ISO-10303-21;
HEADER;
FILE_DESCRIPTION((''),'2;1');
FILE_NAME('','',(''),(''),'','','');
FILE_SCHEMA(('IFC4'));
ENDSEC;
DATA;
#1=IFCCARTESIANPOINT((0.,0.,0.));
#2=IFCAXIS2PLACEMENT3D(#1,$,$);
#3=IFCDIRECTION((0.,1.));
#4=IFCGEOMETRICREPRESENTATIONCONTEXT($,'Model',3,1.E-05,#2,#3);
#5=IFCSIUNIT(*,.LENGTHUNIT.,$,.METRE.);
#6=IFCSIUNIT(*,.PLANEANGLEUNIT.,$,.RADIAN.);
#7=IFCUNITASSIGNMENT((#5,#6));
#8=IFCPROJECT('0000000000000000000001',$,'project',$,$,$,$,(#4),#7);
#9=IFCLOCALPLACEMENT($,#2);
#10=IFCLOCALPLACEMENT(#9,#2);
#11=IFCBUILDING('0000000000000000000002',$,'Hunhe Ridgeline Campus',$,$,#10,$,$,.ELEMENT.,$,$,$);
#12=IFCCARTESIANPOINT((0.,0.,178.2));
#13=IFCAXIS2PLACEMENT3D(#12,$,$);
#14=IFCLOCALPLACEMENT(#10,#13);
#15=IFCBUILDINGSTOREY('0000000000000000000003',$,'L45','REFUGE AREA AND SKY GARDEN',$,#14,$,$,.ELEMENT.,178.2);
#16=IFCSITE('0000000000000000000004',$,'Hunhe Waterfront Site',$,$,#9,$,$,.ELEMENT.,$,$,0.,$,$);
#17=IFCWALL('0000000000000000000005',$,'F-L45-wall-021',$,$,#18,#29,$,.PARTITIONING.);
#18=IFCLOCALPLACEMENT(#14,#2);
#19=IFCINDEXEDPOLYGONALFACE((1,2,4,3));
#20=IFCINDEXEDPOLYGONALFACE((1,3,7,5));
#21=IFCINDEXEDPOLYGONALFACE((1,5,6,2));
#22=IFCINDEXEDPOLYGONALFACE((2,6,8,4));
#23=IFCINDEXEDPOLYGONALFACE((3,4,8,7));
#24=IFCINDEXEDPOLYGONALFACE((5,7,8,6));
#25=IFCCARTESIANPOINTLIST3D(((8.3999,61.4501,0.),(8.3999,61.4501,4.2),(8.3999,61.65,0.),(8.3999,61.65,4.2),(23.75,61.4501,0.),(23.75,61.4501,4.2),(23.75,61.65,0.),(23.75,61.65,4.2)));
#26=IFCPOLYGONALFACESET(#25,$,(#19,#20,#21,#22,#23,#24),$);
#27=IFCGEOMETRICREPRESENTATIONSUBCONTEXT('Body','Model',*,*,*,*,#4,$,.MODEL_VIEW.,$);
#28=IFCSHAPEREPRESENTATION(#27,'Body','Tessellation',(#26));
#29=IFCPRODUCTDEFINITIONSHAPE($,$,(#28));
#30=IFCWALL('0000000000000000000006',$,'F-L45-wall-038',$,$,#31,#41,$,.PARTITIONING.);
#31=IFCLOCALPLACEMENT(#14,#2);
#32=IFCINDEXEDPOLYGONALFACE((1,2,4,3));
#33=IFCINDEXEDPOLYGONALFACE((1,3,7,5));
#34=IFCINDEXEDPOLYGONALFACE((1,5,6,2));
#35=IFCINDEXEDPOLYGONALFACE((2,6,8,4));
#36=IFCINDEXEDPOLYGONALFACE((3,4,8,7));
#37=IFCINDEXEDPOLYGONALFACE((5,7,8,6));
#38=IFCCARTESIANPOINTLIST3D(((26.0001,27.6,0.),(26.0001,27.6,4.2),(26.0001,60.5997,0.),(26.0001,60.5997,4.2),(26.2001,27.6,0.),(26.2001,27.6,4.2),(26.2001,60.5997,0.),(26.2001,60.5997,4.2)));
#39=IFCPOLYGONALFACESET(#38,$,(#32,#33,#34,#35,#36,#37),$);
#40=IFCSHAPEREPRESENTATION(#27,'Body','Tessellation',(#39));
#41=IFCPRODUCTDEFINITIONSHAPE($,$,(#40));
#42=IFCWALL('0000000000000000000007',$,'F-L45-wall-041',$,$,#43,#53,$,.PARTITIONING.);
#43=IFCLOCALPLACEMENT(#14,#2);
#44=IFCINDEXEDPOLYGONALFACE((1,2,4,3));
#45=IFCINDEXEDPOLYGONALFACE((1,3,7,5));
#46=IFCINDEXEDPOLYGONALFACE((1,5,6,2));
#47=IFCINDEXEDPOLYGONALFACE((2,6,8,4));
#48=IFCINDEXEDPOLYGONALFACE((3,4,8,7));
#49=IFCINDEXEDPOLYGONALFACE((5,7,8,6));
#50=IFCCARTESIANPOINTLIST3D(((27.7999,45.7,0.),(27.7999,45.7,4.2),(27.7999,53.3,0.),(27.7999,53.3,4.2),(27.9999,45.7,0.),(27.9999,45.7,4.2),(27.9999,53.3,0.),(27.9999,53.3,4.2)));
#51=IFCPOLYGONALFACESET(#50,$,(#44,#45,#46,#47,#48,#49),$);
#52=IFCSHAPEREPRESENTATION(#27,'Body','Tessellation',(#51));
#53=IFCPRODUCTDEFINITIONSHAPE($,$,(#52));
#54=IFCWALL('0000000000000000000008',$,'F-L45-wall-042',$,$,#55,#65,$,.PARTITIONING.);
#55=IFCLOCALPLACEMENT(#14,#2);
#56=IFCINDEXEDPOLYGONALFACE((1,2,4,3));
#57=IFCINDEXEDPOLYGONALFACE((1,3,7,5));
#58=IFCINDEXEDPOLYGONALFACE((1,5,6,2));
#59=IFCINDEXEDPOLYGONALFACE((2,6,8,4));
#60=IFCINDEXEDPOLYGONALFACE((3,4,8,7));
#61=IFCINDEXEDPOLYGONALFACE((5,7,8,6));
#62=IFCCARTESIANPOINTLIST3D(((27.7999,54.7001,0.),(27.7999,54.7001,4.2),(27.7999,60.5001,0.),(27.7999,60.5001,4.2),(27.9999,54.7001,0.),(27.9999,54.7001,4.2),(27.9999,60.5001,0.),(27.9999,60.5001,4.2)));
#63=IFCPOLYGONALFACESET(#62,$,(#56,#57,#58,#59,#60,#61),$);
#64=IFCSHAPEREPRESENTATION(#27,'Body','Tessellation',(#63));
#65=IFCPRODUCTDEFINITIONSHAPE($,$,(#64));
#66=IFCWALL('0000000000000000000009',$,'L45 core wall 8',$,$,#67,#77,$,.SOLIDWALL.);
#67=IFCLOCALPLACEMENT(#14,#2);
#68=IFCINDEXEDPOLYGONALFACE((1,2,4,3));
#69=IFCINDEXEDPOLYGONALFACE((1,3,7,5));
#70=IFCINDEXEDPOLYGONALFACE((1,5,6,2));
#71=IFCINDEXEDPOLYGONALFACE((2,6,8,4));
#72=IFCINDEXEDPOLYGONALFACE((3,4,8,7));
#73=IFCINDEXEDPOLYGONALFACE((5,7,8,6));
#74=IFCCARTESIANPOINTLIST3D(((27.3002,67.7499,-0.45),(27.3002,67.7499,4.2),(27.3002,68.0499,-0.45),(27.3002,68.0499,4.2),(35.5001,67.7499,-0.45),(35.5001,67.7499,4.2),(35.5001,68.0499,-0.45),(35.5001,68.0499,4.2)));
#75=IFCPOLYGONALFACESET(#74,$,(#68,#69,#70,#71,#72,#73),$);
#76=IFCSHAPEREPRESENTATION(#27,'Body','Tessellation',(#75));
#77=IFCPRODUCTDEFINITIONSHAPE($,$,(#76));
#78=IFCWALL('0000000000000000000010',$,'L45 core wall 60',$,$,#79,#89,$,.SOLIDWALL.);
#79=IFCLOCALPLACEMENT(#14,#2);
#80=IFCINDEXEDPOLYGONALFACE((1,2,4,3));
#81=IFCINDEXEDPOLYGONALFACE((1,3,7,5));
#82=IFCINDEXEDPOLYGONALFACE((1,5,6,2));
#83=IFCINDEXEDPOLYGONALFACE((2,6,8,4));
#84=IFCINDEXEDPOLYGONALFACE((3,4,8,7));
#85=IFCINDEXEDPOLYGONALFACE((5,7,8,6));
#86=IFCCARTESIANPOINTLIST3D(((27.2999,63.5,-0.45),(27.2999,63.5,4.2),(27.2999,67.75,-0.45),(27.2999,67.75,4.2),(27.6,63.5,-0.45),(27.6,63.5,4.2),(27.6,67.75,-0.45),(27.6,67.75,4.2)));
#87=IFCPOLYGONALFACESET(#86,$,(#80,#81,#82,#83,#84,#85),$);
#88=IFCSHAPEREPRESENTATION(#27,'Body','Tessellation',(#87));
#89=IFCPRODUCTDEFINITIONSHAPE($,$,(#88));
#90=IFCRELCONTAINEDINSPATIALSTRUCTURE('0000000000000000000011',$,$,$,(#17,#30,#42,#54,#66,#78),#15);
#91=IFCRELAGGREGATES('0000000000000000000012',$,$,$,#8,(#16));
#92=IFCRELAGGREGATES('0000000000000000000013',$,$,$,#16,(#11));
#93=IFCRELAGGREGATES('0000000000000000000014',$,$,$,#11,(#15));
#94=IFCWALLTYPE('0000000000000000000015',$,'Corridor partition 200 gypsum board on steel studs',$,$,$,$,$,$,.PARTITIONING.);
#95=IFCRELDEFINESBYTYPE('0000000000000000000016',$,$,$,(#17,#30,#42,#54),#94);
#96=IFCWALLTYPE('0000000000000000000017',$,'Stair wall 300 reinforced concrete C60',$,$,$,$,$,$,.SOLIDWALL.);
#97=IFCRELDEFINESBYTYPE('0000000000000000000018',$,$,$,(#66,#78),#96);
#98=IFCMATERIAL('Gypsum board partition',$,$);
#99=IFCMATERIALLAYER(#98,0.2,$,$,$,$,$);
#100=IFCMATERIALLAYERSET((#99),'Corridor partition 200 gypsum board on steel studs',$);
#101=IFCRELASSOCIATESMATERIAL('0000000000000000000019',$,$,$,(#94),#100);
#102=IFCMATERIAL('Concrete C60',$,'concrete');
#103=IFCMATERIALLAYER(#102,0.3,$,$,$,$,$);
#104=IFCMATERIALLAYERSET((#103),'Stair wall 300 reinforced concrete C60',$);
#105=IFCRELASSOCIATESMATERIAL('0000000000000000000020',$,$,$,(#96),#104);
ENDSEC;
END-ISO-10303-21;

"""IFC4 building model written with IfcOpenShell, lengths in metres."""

from ifc_helpers import new_model, si_unit, direction, frame, frame_2d, origin, place, context, subcontext, project, spatial, rectangle, extrude, material, layer, layer_set, type_object, element, save


model = new_model("IFC4")

# Units and contexts
model_context = context("Model", 3, precision=1e-05, world=origin(), true_north=direction((0.0, 1.0)))
body_context = subcontext(model_context, "Body", "Model", "MODEL_VIEW")
ifc_project = project(units=[si_unit("LENGTHUNIT", "METRE"), si_unit("PLANEANGLEUNIT", "RADIAN")], contexts=[model_context])

# Site, building, storey
site_placement = place(None, origin())
site = spatial("IfcSite", under=ifc_project, at=site_placement, Name="Hunhe Waterfront Site", CompositionType="ELEMENT", RefElevation=0.0)
building_placement = place(site_placement, origin())
building = spatial("IfcBuilding", under=site, at=building_placement, Name="Hunhe Ridgeline Campus", CompositionType="ELEMENT")
storey_placement = place(building_placement, frame((0.0, 0.0, 178.2)))
storey = spatial("IfcBuildingStorey", under=building, at=storey_placement, Name="L45", Description="REFUGE AREA AND SKY GARDEN", CompositionType="ELEMENT", Elevation=178.2)

# Shared definitions
ifc_material_1 = material(Name="Concrete C60", Category="concrete")

# Walls
ifc_material_2 = material(Name="Gypsum board partition")
ifc_layer_1 = layer(ifc_material_2, 0.2)
ifc_layer_set_1 = layer_set([ifc_layer_1], Name="Corridor partition 200 gypsum board on steel studs")
wall_type_1 = type_object("IfcWallType", Name="Corridor partition 200 gypsum board on steel studs", PredefinedType="PARTITIONING", material=ifc_layer_set_1)
wall_1_placement = place(storey_placement, frame((23.75, 61.55, 0.0), z_axis=(0.0, 0.0, 1.0), x_axis=(-1.0, 0.0, 0.0)))
element("IfcWall", 1, at=wall_1_placement, inside=storey, type_object=wall_type_1, Name="F-L45-wall-021", PredefinedType="PARTITIONING", context=body_context, shape_type="SweptSolid", body=[
    extrude(rectangle(XDim=15.3501, YDim=0.2, at=frame_2d((7.675, 0.0))), origin(), (0.0, 0.0, 1.0), 4.2),
])
wall_2_placement = place(storey_placement, frame((26.1001, 60.5999, 0.0), z_axis=(0.0, 0.0, 1.0), x_axis=(0.0, -1.0, 0.0)))
element("IfcWall", 2, at=wall_2_placement, inside=storey, type_object=wall_type_1, Name="F-L45-wall-038", PredefinedType="PARTITIONING", context=body_context, shape_type="SweptSolid", body=[
    extrude(rectangle(XDim=32.9998, YDim=0.2, at=frame_2d((16.5, 0.0))), origin(), (0.0, 0.0, 1.0), 4.2),
])
wall_3_placement = place(storey_placement, frame((27.8999, 53.3, 0.0), z_axis=(0.0, 0.0, 1.0), x_axis=(0.0, -1.0, 0.0)))
element("IfcWall", 3, at=wall_3_placement, inside=storey, type_object=wall_type_1, Name="F-L45-wall-041", PredefinedType="PARTITIONING", context=body_context, shape_type="SweptSolid", body=[
    extrude(rectangle(XDim=7.6001, YDim=0.2, at=frame_2d((3.8, 0.0))), origin(), (0.0, 0.0, 1.0), 4.2),
])
wall_4_placement = place(storey_placement, frame((27.8999, 60.5, 0.0), z_axis=(0.0, 0.0, 1.0), x_axis=(0.0, -1.0, 0.0)))
element("IfcWall", 4, at=wall_4_placement, inside=storey, type_object=wall_type_1, Name="F-L45-wall-042", PredefinedType="PARTITIONING", context=body_context, shape_type="SweptSolid", body=[
    extrude(rectangle(XDim=5.8, YDim=0.2, at=frame_2d((2.8999, 0.0))), origin(), (0.0, 0.0, 1.0), 4.2),
])
ifc_layer_2 = layer(ifc_material_1, 0.3)
ifc_layer_set_2 = layer_set([ifc_layer_2], Name="Stair wall 300 reinforced concrete C60")
wall_type_2 = type_object("IfcWallType", Name="Stair wall 300 reinforced concrete C60", PredefinedType="SOLIDWALL", material=ifc_layer_set_2)
wall_5_placement = place(storey_placement, frame((27.3, 67.8999, -0.45), z_axis=(0.0, 0.0, 1.0), x_axis=(1.0, 0.0, 0.0)))
element("IfcWall", 5, at=wall_5_placement, inside=storey, type_object=wall_type_2, Name="L45 core wall 8", PredefinedType="SOLIDWALL", context=body_context, shape_type="SweptSolid", body=[
    extrude(rectangle(XDim=8.2, YDim=0.3, at=frame_2d((4.1001, 0.0))), origin(), (0.0, 0.0, 1.0), 4.6499),
])
wall_6_placement = place(storey_placement, frame((27.45, 63.5, -0.45), z_axis=(0.0, 0.0, 1.0), x_axis=(0.0, 1.0, 0.0)))
element("IfcWall", 6, at=wall_6_placement, inside=storey, type_object=wall_type_2, Name="L45 core wall 60", PredefinedType="SOLIDWALL", context=body_context, shape_type="SweptSolid", body=[
    extrude(rectangle(XDim=4.25, YDim=0.3, at=frame_2d((2.125, 0.0))), origin(), (0.0, 0.0, 1.0), 4.6499),
])

save(model, "model.ifc")
